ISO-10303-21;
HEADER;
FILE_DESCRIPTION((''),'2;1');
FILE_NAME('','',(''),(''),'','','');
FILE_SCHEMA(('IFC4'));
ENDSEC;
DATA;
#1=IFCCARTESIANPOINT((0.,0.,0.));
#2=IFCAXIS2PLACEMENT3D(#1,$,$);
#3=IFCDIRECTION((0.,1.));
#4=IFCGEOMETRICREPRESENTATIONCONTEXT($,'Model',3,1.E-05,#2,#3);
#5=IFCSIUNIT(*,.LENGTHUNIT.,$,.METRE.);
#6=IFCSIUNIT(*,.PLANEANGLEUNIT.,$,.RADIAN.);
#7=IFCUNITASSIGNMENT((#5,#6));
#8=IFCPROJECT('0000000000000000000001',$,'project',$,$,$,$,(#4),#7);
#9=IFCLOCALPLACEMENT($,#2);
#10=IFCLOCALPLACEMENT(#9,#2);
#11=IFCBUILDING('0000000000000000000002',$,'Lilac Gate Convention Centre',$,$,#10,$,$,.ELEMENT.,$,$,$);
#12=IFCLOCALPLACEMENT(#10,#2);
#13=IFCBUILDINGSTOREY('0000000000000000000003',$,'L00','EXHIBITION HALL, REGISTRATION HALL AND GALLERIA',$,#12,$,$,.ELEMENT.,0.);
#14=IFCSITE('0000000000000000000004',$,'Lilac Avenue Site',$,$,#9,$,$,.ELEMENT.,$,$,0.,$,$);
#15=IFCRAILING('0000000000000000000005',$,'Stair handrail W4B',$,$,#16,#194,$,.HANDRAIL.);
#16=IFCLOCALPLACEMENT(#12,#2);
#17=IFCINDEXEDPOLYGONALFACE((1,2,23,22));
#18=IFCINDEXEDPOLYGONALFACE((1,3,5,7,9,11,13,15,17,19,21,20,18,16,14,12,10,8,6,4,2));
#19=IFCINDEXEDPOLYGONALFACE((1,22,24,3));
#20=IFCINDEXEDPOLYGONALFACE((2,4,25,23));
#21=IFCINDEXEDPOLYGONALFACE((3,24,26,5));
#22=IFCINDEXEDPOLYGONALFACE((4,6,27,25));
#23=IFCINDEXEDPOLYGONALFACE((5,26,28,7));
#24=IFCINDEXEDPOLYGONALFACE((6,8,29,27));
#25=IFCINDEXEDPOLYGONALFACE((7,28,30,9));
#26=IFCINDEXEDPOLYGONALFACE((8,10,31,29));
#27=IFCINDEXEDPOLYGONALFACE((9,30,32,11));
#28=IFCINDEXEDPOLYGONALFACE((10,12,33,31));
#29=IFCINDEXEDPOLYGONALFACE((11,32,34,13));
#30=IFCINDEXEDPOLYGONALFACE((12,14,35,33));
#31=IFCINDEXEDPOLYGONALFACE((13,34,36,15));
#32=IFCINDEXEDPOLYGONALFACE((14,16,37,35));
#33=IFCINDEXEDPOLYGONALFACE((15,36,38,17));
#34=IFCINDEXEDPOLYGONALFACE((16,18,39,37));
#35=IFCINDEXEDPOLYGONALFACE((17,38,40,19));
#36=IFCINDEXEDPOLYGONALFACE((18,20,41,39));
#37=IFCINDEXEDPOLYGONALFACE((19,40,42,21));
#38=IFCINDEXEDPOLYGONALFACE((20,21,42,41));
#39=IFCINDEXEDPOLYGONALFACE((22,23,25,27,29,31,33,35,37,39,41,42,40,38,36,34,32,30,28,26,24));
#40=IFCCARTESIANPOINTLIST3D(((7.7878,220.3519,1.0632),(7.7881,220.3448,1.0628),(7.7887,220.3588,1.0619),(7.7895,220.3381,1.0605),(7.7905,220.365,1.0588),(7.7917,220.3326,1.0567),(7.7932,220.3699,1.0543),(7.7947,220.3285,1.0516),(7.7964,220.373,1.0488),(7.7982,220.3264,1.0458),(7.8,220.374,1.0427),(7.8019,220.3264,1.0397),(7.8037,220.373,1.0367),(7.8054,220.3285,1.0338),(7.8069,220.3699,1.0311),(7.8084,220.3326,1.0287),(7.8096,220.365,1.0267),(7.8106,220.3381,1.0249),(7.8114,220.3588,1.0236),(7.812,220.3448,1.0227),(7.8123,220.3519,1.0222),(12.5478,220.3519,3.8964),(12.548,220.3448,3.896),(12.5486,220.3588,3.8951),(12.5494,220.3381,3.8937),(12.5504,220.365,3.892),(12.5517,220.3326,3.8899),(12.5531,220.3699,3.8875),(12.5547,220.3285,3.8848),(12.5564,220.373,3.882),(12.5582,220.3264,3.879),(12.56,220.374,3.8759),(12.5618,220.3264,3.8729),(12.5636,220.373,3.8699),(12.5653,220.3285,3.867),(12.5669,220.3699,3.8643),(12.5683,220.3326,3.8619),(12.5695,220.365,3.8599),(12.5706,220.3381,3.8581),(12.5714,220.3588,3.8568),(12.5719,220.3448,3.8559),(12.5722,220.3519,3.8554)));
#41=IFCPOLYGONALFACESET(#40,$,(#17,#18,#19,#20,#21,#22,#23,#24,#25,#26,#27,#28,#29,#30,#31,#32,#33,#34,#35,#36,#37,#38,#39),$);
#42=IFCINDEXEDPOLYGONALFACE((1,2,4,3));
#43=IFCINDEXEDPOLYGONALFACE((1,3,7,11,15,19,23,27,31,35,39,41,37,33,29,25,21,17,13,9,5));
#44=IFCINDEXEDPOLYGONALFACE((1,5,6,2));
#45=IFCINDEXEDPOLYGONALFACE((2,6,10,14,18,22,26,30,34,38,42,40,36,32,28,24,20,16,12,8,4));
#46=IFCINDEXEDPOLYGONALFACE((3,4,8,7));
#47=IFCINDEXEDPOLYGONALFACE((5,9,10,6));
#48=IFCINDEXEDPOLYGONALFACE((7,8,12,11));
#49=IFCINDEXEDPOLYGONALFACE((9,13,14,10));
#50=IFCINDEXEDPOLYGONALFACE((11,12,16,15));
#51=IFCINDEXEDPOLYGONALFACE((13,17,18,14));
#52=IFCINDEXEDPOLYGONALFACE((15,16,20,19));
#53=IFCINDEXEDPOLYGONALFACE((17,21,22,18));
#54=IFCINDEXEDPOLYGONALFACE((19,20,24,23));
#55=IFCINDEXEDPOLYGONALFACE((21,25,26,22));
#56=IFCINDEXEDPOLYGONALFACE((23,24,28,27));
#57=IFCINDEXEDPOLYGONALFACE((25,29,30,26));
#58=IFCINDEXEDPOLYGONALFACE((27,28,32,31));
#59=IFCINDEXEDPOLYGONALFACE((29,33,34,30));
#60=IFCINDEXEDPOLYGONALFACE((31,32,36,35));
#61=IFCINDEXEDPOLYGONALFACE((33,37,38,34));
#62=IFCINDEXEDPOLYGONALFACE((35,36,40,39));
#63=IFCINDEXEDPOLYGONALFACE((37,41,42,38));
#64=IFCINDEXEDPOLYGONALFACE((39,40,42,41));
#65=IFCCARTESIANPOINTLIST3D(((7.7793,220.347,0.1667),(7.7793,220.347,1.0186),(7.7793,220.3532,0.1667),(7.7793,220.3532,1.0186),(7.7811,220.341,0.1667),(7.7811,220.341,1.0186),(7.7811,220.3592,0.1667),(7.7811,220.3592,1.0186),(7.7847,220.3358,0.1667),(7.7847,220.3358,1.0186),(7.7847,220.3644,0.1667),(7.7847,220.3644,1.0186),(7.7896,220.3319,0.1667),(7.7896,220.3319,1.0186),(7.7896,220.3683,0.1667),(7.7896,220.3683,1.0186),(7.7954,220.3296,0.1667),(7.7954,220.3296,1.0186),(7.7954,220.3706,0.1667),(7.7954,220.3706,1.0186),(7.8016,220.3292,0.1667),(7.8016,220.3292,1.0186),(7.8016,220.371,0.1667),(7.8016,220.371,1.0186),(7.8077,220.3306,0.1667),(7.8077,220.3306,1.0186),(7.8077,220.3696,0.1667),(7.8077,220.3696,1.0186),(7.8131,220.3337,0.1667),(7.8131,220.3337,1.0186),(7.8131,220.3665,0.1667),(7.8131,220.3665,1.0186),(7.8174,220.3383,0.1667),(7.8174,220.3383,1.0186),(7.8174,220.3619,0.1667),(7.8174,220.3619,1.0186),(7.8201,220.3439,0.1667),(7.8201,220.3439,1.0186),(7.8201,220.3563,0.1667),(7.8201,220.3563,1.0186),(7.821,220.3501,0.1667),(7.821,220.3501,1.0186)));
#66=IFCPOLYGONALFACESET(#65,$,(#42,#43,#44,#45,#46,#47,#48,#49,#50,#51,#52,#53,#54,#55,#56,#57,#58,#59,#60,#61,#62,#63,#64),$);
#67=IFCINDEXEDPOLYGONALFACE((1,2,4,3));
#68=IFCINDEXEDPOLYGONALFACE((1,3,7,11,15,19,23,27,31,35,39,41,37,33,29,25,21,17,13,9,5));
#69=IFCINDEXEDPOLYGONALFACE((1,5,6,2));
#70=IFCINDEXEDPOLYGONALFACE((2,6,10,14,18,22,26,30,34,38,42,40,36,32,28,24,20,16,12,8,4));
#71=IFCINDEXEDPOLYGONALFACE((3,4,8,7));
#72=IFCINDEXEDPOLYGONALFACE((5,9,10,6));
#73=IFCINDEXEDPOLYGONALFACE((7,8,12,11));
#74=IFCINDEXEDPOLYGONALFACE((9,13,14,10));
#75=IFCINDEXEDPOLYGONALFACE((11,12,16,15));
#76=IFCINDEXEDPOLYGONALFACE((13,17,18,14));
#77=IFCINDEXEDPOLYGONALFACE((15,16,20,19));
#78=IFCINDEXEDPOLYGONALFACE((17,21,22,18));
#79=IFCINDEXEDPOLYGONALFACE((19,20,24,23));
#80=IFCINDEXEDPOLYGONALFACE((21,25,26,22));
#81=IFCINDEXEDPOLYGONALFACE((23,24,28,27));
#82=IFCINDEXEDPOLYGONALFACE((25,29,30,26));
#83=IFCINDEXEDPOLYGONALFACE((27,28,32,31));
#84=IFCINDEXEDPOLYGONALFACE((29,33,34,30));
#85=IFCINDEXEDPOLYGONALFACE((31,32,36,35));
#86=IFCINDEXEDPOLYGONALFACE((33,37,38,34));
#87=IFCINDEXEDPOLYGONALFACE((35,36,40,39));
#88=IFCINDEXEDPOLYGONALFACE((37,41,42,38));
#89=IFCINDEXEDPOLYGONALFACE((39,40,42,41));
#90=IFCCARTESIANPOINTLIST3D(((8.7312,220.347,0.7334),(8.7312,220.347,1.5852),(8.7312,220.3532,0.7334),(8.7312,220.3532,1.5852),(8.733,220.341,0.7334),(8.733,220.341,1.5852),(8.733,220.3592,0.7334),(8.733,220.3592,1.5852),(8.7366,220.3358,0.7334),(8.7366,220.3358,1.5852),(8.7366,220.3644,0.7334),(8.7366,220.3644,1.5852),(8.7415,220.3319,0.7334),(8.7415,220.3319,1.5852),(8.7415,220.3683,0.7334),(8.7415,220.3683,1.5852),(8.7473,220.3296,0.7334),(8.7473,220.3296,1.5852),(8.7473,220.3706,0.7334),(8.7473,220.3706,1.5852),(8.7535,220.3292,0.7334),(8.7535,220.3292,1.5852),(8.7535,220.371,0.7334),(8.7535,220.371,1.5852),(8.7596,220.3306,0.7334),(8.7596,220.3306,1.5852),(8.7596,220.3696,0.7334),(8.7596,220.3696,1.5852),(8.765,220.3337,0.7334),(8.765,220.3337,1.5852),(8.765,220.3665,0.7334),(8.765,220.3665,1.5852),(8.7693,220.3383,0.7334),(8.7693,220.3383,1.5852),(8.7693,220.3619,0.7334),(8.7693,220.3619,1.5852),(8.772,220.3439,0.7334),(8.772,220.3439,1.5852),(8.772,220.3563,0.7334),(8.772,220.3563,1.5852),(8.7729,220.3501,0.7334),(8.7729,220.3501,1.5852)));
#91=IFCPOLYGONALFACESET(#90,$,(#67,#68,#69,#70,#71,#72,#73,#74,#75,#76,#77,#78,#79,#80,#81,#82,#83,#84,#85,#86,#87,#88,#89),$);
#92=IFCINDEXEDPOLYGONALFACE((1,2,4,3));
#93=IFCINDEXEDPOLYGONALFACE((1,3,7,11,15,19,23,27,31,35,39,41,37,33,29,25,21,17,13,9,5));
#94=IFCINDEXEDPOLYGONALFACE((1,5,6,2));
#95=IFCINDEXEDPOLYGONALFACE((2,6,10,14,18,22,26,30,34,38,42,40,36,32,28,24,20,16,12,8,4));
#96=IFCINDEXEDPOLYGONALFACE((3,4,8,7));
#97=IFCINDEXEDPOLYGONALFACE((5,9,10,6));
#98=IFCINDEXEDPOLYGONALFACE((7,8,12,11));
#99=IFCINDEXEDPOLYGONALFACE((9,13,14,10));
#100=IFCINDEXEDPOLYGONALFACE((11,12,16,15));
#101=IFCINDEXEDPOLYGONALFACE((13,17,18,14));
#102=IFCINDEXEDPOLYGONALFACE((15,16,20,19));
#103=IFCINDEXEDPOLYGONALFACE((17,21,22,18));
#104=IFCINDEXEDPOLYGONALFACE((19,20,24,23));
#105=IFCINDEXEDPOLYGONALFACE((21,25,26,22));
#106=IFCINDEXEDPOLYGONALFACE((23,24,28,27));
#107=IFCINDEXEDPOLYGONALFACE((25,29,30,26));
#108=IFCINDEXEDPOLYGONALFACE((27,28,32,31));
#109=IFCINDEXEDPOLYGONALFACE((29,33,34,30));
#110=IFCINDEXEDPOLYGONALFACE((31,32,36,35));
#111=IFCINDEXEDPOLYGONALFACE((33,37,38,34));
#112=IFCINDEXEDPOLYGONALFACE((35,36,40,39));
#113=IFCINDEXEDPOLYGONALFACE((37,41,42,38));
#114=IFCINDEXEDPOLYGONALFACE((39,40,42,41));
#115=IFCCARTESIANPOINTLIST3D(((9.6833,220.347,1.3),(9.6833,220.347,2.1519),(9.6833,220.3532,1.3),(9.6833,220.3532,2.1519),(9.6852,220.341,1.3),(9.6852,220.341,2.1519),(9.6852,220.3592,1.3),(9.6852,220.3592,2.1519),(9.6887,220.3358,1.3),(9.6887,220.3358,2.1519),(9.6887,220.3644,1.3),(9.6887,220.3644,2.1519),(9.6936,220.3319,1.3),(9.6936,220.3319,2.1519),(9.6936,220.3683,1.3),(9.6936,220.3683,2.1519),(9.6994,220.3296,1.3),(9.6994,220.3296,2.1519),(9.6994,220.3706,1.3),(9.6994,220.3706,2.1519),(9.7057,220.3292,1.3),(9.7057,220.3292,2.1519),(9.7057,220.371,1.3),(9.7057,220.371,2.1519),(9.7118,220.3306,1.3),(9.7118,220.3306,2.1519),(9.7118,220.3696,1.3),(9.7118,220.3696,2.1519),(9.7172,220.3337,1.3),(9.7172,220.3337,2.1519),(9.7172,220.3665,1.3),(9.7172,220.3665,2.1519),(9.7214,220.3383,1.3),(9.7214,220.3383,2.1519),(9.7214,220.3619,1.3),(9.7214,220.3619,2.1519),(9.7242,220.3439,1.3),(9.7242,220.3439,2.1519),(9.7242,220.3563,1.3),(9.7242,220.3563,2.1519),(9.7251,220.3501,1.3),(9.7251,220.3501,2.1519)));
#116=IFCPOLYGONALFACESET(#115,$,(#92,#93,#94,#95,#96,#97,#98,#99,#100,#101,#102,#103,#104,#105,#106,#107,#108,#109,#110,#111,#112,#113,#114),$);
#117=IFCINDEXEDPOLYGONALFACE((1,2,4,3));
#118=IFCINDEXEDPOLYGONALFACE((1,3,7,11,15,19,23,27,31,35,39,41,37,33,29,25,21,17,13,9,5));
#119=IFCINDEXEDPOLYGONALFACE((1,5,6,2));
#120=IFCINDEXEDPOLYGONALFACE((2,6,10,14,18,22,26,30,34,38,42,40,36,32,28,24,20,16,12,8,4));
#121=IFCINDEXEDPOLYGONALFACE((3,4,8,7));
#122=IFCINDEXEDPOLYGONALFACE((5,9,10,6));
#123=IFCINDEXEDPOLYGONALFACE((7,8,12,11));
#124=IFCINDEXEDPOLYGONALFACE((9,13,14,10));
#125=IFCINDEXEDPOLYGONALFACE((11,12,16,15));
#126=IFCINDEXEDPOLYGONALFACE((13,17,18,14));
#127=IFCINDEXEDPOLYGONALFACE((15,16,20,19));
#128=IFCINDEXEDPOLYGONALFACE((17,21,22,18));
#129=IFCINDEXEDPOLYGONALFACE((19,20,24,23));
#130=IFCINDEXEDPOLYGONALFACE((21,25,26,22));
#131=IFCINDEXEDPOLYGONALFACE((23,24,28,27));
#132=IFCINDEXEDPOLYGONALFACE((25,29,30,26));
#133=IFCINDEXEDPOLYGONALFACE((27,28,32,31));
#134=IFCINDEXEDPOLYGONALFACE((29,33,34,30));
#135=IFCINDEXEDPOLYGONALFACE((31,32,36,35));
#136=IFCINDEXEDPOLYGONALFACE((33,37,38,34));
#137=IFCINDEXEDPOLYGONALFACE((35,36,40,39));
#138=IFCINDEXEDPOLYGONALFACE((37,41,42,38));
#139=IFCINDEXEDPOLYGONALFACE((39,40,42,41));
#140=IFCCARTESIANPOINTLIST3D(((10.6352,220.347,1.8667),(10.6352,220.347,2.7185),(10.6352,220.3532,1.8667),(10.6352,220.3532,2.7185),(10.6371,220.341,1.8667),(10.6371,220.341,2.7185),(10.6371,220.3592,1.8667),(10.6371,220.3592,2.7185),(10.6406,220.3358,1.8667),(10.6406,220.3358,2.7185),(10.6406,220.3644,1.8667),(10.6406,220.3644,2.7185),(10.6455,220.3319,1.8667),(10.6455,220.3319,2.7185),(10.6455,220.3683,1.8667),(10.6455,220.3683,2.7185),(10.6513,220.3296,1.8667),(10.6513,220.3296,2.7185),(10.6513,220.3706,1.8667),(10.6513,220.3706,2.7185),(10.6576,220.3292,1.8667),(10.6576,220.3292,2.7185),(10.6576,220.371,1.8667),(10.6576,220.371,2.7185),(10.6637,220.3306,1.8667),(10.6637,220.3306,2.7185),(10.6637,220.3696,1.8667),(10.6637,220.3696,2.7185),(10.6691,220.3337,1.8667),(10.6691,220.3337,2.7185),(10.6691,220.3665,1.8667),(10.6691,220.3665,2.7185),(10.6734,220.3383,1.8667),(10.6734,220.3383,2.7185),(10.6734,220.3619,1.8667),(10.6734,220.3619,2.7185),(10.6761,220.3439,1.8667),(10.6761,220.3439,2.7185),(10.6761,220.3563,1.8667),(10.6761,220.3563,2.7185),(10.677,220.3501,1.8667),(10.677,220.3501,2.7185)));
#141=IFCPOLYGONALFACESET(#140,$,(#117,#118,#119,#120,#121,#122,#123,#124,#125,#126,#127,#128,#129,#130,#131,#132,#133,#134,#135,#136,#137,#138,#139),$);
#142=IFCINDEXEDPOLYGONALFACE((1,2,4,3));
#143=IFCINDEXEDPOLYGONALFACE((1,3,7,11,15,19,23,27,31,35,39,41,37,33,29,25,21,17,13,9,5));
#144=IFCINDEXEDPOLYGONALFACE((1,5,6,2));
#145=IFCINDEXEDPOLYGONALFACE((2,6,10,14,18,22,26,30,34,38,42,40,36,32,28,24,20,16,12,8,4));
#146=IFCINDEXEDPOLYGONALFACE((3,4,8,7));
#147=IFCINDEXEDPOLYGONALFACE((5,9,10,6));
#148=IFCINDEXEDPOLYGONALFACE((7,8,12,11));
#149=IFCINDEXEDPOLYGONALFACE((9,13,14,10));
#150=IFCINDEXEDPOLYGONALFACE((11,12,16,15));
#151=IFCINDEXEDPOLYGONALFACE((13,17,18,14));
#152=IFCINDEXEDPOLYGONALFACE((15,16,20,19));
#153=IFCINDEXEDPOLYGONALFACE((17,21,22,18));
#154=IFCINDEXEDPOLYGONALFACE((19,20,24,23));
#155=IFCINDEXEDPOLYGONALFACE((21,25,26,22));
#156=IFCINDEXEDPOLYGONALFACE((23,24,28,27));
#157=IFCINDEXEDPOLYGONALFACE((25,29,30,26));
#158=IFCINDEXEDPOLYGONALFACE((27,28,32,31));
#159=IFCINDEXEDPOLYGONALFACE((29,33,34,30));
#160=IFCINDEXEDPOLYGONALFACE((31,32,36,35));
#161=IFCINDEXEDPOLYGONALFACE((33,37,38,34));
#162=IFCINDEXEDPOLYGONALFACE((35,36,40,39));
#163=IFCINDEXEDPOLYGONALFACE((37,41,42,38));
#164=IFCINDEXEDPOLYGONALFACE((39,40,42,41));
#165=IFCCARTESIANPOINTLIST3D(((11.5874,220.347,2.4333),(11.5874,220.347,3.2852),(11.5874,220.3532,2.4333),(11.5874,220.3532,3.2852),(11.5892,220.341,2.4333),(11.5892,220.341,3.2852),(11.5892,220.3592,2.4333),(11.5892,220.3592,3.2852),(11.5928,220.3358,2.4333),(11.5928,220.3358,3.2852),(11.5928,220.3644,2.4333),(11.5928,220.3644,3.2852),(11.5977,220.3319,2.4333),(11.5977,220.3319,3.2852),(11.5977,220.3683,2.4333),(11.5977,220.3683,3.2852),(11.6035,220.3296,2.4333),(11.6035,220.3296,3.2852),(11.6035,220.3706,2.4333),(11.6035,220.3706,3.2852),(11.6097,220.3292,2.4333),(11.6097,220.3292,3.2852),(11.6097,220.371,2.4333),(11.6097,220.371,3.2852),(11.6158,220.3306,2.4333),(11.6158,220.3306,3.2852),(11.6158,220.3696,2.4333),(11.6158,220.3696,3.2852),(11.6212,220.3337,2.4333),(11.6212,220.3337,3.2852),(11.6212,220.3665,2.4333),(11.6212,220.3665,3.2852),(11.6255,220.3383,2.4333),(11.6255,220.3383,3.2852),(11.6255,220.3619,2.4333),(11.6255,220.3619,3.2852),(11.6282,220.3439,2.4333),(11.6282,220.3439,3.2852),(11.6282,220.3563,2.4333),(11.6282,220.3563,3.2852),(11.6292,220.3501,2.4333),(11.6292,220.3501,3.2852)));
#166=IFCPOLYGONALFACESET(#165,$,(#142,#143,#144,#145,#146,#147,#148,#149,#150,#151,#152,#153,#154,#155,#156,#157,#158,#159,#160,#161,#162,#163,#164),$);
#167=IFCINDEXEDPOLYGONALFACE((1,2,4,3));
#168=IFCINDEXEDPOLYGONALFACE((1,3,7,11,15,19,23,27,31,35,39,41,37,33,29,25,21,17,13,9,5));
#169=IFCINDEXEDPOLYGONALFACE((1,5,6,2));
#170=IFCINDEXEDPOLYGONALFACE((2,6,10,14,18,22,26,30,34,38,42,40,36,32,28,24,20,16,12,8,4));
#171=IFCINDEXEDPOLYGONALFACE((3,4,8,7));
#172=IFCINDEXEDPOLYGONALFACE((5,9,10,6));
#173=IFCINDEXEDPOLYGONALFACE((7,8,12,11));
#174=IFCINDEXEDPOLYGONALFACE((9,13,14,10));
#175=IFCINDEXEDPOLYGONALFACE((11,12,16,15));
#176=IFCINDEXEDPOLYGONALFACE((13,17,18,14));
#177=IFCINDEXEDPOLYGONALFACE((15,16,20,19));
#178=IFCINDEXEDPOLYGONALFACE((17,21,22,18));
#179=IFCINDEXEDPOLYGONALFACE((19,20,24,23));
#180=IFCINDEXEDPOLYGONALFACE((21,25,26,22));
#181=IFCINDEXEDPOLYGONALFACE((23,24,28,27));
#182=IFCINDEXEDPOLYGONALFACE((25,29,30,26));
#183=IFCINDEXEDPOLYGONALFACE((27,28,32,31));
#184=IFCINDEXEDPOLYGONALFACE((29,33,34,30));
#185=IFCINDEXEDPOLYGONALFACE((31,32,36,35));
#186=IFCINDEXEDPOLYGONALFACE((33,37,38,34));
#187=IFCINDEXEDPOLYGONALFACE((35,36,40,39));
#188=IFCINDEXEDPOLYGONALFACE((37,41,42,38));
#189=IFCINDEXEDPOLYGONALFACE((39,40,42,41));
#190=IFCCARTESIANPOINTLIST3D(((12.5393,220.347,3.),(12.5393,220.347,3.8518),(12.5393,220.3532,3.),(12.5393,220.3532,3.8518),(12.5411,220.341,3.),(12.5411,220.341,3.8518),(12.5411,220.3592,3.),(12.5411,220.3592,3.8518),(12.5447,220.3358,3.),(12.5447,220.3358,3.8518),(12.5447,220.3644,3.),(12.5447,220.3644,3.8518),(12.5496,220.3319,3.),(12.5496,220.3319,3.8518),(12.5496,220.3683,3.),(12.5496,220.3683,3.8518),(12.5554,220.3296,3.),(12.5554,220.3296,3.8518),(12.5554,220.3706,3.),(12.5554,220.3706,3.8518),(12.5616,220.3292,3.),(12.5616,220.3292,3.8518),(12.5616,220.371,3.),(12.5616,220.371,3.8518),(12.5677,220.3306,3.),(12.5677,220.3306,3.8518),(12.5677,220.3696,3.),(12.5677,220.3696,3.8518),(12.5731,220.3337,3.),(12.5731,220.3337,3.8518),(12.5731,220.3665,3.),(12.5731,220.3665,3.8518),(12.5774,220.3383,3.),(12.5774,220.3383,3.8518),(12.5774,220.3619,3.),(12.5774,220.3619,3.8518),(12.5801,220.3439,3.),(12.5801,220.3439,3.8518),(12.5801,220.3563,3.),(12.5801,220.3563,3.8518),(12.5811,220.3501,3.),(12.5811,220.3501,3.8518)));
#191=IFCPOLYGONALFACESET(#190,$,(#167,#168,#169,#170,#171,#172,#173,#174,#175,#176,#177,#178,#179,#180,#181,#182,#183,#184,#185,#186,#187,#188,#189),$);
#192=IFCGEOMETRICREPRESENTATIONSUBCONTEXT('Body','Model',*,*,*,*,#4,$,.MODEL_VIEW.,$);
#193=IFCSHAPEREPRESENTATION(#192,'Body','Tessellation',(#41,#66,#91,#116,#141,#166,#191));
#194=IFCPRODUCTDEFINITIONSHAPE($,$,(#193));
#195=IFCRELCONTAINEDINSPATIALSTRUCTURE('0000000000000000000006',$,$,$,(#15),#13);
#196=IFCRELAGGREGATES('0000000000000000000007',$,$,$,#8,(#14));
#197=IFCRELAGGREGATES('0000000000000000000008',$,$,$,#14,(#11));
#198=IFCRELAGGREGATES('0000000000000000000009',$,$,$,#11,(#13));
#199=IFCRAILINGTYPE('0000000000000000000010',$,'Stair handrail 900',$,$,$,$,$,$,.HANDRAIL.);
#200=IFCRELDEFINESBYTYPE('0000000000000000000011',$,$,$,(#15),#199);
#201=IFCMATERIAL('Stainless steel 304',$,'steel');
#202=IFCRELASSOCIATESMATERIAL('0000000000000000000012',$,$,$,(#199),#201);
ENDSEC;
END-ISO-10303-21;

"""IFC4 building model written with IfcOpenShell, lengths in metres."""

from ifc_helpers import new_model, si_unit, direction, frame, origin, origin_2d, place, context, subcontext, project, spatial, circle, extrude, material, type_object, element, save


model = new_model("IFC4")

# Units and contexts
model_context = context("Model", 3, precision=1e-05, world=origin(), true_north=direction((0.0, 1.0)))
body_context = subcontext(model_context, "Body", "Model", "MODEL_VIEW")
ifc_project = project(units=[si_unit("LENGTHUNIT", "METRE"), si_unit("PLANEANGLEUNIT", "RADIAN")], contexts=[model_context])

# Site, building, storey
site_placement = place(None, origin())
site = spatial("IfcSite", under=ifc_project, at=site_placement, Name="Lilac Avenue Site", CompositionType="ELEMENT", RefElevation=0.0)
building_placement = place(site_placement, origin())
building = spatial("IfcBuilding", under=site, at=building_placement, Name="Lilac Gate Convention Centre", CompositionType="ELEMENT")
storey_placement = place(building_placement, origin())
storey = spatial("IfcBuildingStorey", under=building, at=storey_placement, Name="L00", Description="EXHIBITION HALL, REGISTRATION HALL AND GALLERIA", CompositionType="ELEMENT", Elevation=0.0)

# Railing
ifc_material_1 = material(Name="Stainless steel 304", Category="steel")
railing_type = type_object("IfcRailingType", Name="Stair handrail 900", PredefinedType="HANDRAIL", material=ifc_material_1)
for number, where, name in (
    (1, (7.8, 220.3501, 0.1667), "Stair handrail W4B"),
):
    element("IfcRailing", number, at=place(storey_placement, frame(where)), inside=storey, type_object=railing_type, Name=name, PredefinedType="HANDRAIL", context=body_context, shape_type="SweptSolid", body=[
        extrude(circle(Radius=0.0239, at=origin_2d()), frame((0.0, 0.0, 0.876), z_axis=(0.8593, 0.0, 0.511472), x_axis=(0.0, 1.0, 0.0)), (0.0, 0.0, 1.0), 5.5393),
        extrude(circle(Radius=0.021, at=origin_2d()), origin(), (0.0, 0.0, 1.0), 0.8518),
        extrude(circle(Radius=0.021, at=origin_2d()), frame((0.9519, 0.0, 0.5667)), (0.0, 0.0, 1.0), 0.8518),
        extrude(circle(Radius=0.021, at=origin_2d()), frame((1.9041, 0.0, 1.1333)), (0.0, 0.0, 1.0), 0.8518),
        extrude(circle(Radius=0.021, at=origin_2d()), frame((2.856, 0.0, 1.7)), (0.0, 0.0, 1.0), 0.8518),
        extrude(circle(Radius=0.021, at=origin_2d()), frame((3.8081, 0.0, 2.2666)), (0.0, 0.0, 1.0), 0.8518),
        extrude(circle(Radius=0.021, at=origin_2d()), frame((4.76, 0.0, 2.8333)), (0.0, 0.0, 1.0), 0.8518),
    ])

save(model, "model.ifc")
